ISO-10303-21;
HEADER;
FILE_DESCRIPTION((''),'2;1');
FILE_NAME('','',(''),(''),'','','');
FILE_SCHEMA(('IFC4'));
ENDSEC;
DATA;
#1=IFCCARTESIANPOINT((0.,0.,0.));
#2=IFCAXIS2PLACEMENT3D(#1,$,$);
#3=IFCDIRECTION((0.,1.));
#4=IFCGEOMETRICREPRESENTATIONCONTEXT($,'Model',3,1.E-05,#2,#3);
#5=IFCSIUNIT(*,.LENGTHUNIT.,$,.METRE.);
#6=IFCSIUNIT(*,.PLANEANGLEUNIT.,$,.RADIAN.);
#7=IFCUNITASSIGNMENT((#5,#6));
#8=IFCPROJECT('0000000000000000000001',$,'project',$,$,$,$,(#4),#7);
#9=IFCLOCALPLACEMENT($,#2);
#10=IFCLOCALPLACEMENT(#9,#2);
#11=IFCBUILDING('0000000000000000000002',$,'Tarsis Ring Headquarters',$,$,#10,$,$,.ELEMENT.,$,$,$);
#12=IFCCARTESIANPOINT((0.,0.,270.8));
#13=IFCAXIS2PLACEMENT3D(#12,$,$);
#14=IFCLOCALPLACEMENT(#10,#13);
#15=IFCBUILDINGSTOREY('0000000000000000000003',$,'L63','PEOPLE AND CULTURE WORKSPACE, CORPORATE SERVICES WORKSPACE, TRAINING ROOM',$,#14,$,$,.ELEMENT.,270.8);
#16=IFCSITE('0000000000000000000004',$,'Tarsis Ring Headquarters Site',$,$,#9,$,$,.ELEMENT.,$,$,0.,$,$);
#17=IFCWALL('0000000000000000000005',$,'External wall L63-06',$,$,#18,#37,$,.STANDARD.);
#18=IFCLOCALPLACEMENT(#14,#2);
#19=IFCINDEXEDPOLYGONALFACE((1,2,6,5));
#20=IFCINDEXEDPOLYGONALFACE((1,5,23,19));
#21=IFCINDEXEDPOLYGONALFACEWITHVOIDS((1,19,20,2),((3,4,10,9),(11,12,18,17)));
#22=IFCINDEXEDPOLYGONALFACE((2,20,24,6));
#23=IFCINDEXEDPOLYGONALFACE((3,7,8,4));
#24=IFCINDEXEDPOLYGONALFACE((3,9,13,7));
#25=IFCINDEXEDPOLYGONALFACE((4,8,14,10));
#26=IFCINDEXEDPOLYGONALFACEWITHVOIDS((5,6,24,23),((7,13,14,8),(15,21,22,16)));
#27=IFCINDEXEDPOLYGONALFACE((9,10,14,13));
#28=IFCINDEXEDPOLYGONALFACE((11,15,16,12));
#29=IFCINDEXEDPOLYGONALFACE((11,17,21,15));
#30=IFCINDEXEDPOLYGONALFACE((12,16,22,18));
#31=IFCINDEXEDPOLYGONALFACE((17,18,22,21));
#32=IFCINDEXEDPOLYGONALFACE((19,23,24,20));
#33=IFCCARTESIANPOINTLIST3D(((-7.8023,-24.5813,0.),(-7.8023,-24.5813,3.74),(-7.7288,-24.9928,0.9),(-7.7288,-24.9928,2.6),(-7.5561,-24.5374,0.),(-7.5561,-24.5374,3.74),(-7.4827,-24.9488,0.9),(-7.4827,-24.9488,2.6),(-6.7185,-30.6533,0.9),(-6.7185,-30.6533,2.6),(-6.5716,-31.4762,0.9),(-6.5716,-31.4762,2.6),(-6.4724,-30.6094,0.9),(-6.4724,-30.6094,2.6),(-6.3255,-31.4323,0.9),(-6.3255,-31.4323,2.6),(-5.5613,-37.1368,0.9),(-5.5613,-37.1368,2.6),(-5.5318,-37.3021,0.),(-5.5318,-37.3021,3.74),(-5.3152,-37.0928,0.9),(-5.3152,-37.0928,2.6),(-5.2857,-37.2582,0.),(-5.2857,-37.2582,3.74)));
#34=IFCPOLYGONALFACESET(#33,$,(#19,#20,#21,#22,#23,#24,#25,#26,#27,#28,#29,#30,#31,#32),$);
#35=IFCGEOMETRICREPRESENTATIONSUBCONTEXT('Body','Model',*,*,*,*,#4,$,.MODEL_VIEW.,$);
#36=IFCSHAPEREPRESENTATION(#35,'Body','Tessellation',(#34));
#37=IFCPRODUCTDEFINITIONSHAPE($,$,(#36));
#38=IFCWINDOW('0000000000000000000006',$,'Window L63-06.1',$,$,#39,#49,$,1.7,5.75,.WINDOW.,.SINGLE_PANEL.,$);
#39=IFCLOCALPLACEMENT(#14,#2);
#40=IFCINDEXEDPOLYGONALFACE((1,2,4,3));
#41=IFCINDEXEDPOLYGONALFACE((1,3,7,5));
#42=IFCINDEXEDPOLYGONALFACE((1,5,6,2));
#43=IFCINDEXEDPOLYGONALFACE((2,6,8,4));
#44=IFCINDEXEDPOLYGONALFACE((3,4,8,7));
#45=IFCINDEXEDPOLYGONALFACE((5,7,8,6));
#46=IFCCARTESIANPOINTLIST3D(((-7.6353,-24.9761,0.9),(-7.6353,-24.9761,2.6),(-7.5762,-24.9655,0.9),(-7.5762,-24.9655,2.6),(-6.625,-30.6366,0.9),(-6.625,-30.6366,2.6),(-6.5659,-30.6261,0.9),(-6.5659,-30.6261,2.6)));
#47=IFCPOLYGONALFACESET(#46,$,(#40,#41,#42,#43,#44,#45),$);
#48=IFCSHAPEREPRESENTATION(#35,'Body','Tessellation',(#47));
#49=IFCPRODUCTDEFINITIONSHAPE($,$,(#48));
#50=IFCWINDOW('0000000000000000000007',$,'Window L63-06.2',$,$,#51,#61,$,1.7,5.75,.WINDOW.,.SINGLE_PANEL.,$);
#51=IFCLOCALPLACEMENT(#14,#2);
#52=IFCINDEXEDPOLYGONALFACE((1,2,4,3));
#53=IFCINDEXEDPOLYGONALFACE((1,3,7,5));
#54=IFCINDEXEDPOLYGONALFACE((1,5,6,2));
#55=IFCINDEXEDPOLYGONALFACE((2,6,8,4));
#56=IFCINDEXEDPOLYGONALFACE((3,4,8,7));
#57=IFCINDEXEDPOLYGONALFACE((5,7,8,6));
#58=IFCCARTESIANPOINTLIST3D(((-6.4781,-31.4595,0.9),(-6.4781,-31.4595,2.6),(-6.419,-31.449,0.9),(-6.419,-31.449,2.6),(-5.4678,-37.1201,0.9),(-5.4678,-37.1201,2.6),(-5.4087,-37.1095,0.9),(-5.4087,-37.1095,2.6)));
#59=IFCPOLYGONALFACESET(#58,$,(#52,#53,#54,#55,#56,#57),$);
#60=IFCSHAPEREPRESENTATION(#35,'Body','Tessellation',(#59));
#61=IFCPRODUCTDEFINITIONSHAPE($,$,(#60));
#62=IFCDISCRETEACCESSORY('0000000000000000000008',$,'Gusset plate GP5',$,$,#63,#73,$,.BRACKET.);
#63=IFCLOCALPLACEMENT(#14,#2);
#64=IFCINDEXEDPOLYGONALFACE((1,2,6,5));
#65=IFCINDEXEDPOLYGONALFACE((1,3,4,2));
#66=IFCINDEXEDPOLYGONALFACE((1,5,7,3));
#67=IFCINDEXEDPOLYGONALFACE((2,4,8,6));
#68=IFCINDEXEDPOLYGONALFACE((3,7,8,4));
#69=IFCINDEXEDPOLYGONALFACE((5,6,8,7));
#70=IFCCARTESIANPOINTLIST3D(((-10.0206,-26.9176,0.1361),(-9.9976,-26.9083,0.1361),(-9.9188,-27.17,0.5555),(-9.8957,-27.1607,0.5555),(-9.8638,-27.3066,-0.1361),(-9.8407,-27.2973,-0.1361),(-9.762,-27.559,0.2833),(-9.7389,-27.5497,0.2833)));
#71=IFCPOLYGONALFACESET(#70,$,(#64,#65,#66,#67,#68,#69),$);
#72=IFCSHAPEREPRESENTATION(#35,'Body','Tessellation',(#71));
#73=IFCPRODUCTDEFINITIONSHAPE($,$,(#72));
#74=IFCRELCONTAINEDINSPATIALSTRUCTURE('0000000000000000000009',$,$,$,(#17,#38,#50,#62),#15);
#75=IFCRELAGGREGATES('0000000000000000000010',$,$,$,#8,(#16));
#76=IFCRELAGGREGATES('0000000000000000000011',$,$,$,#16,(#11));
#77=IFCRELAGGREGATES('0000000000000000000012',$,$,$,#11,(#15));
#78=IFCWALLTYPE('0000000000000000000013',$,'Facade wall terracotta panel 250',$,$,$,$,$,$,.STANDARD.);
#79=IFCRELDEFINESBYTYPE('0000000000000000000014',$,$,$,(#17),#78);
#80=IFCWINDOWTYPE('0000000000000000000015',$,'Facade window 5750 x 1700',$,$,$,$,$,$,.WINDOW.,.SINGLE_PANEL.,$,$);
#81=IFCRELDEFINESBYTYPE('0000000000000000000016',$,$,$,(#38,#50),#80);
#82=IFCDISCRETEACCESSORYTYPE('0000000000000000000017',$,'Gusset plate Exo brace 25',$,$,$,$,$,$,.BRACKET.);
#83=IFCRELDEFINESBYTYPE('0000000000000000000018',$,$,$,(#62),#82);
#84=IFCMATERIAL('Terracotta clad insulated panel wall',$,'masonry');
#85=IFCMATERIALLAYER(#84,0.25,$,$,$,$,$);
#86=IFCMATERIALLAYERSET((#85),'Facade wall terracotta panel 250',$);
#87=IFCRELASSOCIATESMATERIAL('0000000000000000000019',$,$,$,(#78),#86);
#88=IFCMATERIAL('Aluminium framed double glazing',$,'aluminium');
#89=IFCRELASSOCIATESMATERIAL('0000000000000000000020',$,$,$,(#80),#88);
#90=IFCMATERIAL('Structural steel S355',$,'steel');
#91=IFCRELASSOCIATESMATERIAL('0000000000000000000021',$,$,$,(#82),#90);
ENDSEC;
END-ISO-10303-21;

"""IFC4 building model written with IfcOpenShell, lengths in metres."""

from ifc_helpers import new_model, si_unit, direction, frame, frame_2d, origin, origin_2d, place, context, subcontext, project, spatial, rectangle, extrude, material, layer, layer_set, material_profile, profile_set, type_object, element, fill, save


model = new_model("IFC4")

# Units and contexts
model_context = context("Model", 3, precision=1e-05, world=origin(), true_north=direction((0.0, 1.0)))
body_context = subcontext(model_context, "Body", "Model", "MODEL_VIEW")
ifc_project = project(units=[si_unit("LENGTHUNIT", "METRE"), si_unit("PLANEANGLEUNIT", "RADIAN")], contexts=[model_context])

# Site, building, storey
site_placement = place(None, origin())
site = spatial("IfcSite", under=ifc_project, at=site_placement, Name="Tarsis Ring Headquarters Site", CompositionType="ELEMENT", RefElevation=0.0)
building_placement = place(site_placement, origin())
building = spatial("IfcBuilding", under=site, at=building_placement, Name="Tarsis Ring Headquarters", CompositionType="ELEMENT")
storey_placement = place(building_placement, frame((0.0, 0.0, 270.8)))
storey = spatial("IfcBuildingStorey", under=building, at=storey_placement, Name="L63", Description="PEOPLE AND CULTURE WORKSPACE, CORPORATE SERVICES WORKSPACE, TRAINING ROOM", CompositionType="ELEMENT", Elevation=270.8)

# Shared definitions
ifc_material_1 = material(Name="Structural steel S355", Category="steel")

# Shared definitions
ifc_material_2 = material(Name="Terracotta clad insulated panel wall", Category="masonry")
ifc_layer_1 = layer(ifc_material_2, 0.25)
ifc_layer_set_1 = layer_set([ifc_layer_1], Name="Facade wall terracotta panel 250")
wall_type_1 = type_object("IfcWallType", Name="Facade wall terracotta panel 250", PredefinedType="STANDARD", material=ifc_layer_set_1)
ifc_material_3 = material(Name="Aluminium framed double glazing", Category="aluminium")

# Wall, openings, windows
wall_1_placement = place(storey_placement, frame((-7.6792, -24.5593, 0.0), z_axis=(0.0, 0.0, 1.0), x_axis=(0.175709, -0.984442, 0.0)))
wall_1 = element("IfcWall", 1, at=wall_1_placement, inside=storey, type_object=wall_type_1, Name="External wall L63-06", PredefinedType="STANDARD", context=body_context, shape_type="SweptSolid", body=[
    extrude(rectangle(XDim=12.9219, YDim=0.25, at=frame_2d((6.4609, 0.0))), origin(), (0.0, 0.0, 1.0), 3.74),
])
opening_1_placement = place(wall_1_placement, frame((0.418, 0.0, 0.8999)))
opening_1 = element("IfcOpeningElement", 2, at=opening_1_placement, cuts=wall_1, PredefinedType="OPENING", context=body_context, shape_type="SweptSolid", body=[
    extrude(rectangle(XDim=5.75, YDim=1.7, at=frame_2d((2.875, 0.8501))), frame((0.0, 0.135, 0.0), z_axis=(0.0, -1.0, 0.0), x_axis=(1.0, 0.0, 0.0)), (0.0, 0.0, 1.0), 0.27),
])
opening_2_placement = place(wall_1_placement, frame((7.0039, 0.0, 0.8999)))
opening_2 = element("IfcOpeningElement", 3, at=opening_2_placement, cuts=wall_1, PredefinedType="OPENING", context=body_context, shape_type="SweptSolid", body=[
    extrude(rectangle(XDim=5.75, YDim=1.7, at=frame_2d((2.875, 0.8501))), frame((0.0, 0.135, 0.0), z_axis=(0.0, -1.0, 0.0), x_axis=(1.0, 0.0, 0.0)), (0.0, 0.0, 1.0), 0.27),
])
window_type_1 = type_object("IfcWindowType", Name="Facade window 5750 x 1700", PartitioningType="SINGLE_PANEL", PredefinedType="WINDOW", material=ifc_material_3)
window_1_placement = place(opening_1_placement, origin())
window_1 = element("IfcWindow", 4, at=window_1_placement, inside=storey, type_object=window_type_1, Name="Window L63-06.1", OverallHeight=1.7, OverallWidth=5.75, PartitioningType="SINGLE_PANEL", PredefinedType="WINDOW", context=body_context, shape_type="SweptSolid", body=[
    extrude(rectangle(XDim=5.75, YDim=1.7, at=frame_2d((2.875, 0.8501))), frame((0.0, 0.03, 0.0), z_axis=(0.0, -1.0, 0.0), x_axis=(1.0, 0.0, 0.0)), (0.0, 0.0, 1.0), 0.0601),
])
fill(opening_1, window_1)
window_2_placement = place(opening_2_placement, origin())
window_2 = element("IfcWindow", 5, at=window_2_placement, inside=storey, type_object=window_type_1, Name="Window L63-06.2", OverallHeight=1.7, OverallWidth=5.75, PartitioningType="SINGLE_PANEL", PredefinedType="WINDOW", context=body_context, shape_type="SweptSolid", body=[
    extrude(rectangle(XDim=5.75, YDim=1.7, at=frame_2d((2.875, 0.8501))), frame((0.0, 0.03, 0.0), z_axis=(0.0, -1.0, 0.0), x_axis=(1.0, 0.0, 0.0)), (0.0, 0.0, 1.0), 0.0601),
])
fill(opening_2, window_2)

# Discrete accessory
ifc_material_profile_1 = material_profile(ifc_material_1, rectangle(XDim=0.0249, YDim=0.5, at=origin_2d()), Name="PL 25x500")
ifc_profile_set_1 = profile_set([ifc_material_profile_1], Name="Structural steel S355")
discrete_accessory_type = type_object("IfcDiscreteAccessoryType", Name="Gusset plate Exo brace 25", PredefinedType="BRACKET", material=ifc_profile_set_1)
discrete_accessory_placement = place(storey_placement, frame((-9.9307, -27.1074, 0.0), z_axis=(0.203607, -0.504867, 0.838841), x_axis=(0.927421, 0.374018, 0.0)))
element("IfcDiscreteAccessory", 6, at=discrete_accessory_placement, inside=storey, type_object=discrete_accessory_type, Name="Gusset plate GP5", PredefinedType="BRACKET", context=body_context, shape_type="SweptSolid", body=[
    extrude(rectangle(XDim=0.0249, YDim=0.5, at=origin_2d()), origin(), (0.0, 0.0, 1.0), 0.5),
])

save(model, "model.ifc")
